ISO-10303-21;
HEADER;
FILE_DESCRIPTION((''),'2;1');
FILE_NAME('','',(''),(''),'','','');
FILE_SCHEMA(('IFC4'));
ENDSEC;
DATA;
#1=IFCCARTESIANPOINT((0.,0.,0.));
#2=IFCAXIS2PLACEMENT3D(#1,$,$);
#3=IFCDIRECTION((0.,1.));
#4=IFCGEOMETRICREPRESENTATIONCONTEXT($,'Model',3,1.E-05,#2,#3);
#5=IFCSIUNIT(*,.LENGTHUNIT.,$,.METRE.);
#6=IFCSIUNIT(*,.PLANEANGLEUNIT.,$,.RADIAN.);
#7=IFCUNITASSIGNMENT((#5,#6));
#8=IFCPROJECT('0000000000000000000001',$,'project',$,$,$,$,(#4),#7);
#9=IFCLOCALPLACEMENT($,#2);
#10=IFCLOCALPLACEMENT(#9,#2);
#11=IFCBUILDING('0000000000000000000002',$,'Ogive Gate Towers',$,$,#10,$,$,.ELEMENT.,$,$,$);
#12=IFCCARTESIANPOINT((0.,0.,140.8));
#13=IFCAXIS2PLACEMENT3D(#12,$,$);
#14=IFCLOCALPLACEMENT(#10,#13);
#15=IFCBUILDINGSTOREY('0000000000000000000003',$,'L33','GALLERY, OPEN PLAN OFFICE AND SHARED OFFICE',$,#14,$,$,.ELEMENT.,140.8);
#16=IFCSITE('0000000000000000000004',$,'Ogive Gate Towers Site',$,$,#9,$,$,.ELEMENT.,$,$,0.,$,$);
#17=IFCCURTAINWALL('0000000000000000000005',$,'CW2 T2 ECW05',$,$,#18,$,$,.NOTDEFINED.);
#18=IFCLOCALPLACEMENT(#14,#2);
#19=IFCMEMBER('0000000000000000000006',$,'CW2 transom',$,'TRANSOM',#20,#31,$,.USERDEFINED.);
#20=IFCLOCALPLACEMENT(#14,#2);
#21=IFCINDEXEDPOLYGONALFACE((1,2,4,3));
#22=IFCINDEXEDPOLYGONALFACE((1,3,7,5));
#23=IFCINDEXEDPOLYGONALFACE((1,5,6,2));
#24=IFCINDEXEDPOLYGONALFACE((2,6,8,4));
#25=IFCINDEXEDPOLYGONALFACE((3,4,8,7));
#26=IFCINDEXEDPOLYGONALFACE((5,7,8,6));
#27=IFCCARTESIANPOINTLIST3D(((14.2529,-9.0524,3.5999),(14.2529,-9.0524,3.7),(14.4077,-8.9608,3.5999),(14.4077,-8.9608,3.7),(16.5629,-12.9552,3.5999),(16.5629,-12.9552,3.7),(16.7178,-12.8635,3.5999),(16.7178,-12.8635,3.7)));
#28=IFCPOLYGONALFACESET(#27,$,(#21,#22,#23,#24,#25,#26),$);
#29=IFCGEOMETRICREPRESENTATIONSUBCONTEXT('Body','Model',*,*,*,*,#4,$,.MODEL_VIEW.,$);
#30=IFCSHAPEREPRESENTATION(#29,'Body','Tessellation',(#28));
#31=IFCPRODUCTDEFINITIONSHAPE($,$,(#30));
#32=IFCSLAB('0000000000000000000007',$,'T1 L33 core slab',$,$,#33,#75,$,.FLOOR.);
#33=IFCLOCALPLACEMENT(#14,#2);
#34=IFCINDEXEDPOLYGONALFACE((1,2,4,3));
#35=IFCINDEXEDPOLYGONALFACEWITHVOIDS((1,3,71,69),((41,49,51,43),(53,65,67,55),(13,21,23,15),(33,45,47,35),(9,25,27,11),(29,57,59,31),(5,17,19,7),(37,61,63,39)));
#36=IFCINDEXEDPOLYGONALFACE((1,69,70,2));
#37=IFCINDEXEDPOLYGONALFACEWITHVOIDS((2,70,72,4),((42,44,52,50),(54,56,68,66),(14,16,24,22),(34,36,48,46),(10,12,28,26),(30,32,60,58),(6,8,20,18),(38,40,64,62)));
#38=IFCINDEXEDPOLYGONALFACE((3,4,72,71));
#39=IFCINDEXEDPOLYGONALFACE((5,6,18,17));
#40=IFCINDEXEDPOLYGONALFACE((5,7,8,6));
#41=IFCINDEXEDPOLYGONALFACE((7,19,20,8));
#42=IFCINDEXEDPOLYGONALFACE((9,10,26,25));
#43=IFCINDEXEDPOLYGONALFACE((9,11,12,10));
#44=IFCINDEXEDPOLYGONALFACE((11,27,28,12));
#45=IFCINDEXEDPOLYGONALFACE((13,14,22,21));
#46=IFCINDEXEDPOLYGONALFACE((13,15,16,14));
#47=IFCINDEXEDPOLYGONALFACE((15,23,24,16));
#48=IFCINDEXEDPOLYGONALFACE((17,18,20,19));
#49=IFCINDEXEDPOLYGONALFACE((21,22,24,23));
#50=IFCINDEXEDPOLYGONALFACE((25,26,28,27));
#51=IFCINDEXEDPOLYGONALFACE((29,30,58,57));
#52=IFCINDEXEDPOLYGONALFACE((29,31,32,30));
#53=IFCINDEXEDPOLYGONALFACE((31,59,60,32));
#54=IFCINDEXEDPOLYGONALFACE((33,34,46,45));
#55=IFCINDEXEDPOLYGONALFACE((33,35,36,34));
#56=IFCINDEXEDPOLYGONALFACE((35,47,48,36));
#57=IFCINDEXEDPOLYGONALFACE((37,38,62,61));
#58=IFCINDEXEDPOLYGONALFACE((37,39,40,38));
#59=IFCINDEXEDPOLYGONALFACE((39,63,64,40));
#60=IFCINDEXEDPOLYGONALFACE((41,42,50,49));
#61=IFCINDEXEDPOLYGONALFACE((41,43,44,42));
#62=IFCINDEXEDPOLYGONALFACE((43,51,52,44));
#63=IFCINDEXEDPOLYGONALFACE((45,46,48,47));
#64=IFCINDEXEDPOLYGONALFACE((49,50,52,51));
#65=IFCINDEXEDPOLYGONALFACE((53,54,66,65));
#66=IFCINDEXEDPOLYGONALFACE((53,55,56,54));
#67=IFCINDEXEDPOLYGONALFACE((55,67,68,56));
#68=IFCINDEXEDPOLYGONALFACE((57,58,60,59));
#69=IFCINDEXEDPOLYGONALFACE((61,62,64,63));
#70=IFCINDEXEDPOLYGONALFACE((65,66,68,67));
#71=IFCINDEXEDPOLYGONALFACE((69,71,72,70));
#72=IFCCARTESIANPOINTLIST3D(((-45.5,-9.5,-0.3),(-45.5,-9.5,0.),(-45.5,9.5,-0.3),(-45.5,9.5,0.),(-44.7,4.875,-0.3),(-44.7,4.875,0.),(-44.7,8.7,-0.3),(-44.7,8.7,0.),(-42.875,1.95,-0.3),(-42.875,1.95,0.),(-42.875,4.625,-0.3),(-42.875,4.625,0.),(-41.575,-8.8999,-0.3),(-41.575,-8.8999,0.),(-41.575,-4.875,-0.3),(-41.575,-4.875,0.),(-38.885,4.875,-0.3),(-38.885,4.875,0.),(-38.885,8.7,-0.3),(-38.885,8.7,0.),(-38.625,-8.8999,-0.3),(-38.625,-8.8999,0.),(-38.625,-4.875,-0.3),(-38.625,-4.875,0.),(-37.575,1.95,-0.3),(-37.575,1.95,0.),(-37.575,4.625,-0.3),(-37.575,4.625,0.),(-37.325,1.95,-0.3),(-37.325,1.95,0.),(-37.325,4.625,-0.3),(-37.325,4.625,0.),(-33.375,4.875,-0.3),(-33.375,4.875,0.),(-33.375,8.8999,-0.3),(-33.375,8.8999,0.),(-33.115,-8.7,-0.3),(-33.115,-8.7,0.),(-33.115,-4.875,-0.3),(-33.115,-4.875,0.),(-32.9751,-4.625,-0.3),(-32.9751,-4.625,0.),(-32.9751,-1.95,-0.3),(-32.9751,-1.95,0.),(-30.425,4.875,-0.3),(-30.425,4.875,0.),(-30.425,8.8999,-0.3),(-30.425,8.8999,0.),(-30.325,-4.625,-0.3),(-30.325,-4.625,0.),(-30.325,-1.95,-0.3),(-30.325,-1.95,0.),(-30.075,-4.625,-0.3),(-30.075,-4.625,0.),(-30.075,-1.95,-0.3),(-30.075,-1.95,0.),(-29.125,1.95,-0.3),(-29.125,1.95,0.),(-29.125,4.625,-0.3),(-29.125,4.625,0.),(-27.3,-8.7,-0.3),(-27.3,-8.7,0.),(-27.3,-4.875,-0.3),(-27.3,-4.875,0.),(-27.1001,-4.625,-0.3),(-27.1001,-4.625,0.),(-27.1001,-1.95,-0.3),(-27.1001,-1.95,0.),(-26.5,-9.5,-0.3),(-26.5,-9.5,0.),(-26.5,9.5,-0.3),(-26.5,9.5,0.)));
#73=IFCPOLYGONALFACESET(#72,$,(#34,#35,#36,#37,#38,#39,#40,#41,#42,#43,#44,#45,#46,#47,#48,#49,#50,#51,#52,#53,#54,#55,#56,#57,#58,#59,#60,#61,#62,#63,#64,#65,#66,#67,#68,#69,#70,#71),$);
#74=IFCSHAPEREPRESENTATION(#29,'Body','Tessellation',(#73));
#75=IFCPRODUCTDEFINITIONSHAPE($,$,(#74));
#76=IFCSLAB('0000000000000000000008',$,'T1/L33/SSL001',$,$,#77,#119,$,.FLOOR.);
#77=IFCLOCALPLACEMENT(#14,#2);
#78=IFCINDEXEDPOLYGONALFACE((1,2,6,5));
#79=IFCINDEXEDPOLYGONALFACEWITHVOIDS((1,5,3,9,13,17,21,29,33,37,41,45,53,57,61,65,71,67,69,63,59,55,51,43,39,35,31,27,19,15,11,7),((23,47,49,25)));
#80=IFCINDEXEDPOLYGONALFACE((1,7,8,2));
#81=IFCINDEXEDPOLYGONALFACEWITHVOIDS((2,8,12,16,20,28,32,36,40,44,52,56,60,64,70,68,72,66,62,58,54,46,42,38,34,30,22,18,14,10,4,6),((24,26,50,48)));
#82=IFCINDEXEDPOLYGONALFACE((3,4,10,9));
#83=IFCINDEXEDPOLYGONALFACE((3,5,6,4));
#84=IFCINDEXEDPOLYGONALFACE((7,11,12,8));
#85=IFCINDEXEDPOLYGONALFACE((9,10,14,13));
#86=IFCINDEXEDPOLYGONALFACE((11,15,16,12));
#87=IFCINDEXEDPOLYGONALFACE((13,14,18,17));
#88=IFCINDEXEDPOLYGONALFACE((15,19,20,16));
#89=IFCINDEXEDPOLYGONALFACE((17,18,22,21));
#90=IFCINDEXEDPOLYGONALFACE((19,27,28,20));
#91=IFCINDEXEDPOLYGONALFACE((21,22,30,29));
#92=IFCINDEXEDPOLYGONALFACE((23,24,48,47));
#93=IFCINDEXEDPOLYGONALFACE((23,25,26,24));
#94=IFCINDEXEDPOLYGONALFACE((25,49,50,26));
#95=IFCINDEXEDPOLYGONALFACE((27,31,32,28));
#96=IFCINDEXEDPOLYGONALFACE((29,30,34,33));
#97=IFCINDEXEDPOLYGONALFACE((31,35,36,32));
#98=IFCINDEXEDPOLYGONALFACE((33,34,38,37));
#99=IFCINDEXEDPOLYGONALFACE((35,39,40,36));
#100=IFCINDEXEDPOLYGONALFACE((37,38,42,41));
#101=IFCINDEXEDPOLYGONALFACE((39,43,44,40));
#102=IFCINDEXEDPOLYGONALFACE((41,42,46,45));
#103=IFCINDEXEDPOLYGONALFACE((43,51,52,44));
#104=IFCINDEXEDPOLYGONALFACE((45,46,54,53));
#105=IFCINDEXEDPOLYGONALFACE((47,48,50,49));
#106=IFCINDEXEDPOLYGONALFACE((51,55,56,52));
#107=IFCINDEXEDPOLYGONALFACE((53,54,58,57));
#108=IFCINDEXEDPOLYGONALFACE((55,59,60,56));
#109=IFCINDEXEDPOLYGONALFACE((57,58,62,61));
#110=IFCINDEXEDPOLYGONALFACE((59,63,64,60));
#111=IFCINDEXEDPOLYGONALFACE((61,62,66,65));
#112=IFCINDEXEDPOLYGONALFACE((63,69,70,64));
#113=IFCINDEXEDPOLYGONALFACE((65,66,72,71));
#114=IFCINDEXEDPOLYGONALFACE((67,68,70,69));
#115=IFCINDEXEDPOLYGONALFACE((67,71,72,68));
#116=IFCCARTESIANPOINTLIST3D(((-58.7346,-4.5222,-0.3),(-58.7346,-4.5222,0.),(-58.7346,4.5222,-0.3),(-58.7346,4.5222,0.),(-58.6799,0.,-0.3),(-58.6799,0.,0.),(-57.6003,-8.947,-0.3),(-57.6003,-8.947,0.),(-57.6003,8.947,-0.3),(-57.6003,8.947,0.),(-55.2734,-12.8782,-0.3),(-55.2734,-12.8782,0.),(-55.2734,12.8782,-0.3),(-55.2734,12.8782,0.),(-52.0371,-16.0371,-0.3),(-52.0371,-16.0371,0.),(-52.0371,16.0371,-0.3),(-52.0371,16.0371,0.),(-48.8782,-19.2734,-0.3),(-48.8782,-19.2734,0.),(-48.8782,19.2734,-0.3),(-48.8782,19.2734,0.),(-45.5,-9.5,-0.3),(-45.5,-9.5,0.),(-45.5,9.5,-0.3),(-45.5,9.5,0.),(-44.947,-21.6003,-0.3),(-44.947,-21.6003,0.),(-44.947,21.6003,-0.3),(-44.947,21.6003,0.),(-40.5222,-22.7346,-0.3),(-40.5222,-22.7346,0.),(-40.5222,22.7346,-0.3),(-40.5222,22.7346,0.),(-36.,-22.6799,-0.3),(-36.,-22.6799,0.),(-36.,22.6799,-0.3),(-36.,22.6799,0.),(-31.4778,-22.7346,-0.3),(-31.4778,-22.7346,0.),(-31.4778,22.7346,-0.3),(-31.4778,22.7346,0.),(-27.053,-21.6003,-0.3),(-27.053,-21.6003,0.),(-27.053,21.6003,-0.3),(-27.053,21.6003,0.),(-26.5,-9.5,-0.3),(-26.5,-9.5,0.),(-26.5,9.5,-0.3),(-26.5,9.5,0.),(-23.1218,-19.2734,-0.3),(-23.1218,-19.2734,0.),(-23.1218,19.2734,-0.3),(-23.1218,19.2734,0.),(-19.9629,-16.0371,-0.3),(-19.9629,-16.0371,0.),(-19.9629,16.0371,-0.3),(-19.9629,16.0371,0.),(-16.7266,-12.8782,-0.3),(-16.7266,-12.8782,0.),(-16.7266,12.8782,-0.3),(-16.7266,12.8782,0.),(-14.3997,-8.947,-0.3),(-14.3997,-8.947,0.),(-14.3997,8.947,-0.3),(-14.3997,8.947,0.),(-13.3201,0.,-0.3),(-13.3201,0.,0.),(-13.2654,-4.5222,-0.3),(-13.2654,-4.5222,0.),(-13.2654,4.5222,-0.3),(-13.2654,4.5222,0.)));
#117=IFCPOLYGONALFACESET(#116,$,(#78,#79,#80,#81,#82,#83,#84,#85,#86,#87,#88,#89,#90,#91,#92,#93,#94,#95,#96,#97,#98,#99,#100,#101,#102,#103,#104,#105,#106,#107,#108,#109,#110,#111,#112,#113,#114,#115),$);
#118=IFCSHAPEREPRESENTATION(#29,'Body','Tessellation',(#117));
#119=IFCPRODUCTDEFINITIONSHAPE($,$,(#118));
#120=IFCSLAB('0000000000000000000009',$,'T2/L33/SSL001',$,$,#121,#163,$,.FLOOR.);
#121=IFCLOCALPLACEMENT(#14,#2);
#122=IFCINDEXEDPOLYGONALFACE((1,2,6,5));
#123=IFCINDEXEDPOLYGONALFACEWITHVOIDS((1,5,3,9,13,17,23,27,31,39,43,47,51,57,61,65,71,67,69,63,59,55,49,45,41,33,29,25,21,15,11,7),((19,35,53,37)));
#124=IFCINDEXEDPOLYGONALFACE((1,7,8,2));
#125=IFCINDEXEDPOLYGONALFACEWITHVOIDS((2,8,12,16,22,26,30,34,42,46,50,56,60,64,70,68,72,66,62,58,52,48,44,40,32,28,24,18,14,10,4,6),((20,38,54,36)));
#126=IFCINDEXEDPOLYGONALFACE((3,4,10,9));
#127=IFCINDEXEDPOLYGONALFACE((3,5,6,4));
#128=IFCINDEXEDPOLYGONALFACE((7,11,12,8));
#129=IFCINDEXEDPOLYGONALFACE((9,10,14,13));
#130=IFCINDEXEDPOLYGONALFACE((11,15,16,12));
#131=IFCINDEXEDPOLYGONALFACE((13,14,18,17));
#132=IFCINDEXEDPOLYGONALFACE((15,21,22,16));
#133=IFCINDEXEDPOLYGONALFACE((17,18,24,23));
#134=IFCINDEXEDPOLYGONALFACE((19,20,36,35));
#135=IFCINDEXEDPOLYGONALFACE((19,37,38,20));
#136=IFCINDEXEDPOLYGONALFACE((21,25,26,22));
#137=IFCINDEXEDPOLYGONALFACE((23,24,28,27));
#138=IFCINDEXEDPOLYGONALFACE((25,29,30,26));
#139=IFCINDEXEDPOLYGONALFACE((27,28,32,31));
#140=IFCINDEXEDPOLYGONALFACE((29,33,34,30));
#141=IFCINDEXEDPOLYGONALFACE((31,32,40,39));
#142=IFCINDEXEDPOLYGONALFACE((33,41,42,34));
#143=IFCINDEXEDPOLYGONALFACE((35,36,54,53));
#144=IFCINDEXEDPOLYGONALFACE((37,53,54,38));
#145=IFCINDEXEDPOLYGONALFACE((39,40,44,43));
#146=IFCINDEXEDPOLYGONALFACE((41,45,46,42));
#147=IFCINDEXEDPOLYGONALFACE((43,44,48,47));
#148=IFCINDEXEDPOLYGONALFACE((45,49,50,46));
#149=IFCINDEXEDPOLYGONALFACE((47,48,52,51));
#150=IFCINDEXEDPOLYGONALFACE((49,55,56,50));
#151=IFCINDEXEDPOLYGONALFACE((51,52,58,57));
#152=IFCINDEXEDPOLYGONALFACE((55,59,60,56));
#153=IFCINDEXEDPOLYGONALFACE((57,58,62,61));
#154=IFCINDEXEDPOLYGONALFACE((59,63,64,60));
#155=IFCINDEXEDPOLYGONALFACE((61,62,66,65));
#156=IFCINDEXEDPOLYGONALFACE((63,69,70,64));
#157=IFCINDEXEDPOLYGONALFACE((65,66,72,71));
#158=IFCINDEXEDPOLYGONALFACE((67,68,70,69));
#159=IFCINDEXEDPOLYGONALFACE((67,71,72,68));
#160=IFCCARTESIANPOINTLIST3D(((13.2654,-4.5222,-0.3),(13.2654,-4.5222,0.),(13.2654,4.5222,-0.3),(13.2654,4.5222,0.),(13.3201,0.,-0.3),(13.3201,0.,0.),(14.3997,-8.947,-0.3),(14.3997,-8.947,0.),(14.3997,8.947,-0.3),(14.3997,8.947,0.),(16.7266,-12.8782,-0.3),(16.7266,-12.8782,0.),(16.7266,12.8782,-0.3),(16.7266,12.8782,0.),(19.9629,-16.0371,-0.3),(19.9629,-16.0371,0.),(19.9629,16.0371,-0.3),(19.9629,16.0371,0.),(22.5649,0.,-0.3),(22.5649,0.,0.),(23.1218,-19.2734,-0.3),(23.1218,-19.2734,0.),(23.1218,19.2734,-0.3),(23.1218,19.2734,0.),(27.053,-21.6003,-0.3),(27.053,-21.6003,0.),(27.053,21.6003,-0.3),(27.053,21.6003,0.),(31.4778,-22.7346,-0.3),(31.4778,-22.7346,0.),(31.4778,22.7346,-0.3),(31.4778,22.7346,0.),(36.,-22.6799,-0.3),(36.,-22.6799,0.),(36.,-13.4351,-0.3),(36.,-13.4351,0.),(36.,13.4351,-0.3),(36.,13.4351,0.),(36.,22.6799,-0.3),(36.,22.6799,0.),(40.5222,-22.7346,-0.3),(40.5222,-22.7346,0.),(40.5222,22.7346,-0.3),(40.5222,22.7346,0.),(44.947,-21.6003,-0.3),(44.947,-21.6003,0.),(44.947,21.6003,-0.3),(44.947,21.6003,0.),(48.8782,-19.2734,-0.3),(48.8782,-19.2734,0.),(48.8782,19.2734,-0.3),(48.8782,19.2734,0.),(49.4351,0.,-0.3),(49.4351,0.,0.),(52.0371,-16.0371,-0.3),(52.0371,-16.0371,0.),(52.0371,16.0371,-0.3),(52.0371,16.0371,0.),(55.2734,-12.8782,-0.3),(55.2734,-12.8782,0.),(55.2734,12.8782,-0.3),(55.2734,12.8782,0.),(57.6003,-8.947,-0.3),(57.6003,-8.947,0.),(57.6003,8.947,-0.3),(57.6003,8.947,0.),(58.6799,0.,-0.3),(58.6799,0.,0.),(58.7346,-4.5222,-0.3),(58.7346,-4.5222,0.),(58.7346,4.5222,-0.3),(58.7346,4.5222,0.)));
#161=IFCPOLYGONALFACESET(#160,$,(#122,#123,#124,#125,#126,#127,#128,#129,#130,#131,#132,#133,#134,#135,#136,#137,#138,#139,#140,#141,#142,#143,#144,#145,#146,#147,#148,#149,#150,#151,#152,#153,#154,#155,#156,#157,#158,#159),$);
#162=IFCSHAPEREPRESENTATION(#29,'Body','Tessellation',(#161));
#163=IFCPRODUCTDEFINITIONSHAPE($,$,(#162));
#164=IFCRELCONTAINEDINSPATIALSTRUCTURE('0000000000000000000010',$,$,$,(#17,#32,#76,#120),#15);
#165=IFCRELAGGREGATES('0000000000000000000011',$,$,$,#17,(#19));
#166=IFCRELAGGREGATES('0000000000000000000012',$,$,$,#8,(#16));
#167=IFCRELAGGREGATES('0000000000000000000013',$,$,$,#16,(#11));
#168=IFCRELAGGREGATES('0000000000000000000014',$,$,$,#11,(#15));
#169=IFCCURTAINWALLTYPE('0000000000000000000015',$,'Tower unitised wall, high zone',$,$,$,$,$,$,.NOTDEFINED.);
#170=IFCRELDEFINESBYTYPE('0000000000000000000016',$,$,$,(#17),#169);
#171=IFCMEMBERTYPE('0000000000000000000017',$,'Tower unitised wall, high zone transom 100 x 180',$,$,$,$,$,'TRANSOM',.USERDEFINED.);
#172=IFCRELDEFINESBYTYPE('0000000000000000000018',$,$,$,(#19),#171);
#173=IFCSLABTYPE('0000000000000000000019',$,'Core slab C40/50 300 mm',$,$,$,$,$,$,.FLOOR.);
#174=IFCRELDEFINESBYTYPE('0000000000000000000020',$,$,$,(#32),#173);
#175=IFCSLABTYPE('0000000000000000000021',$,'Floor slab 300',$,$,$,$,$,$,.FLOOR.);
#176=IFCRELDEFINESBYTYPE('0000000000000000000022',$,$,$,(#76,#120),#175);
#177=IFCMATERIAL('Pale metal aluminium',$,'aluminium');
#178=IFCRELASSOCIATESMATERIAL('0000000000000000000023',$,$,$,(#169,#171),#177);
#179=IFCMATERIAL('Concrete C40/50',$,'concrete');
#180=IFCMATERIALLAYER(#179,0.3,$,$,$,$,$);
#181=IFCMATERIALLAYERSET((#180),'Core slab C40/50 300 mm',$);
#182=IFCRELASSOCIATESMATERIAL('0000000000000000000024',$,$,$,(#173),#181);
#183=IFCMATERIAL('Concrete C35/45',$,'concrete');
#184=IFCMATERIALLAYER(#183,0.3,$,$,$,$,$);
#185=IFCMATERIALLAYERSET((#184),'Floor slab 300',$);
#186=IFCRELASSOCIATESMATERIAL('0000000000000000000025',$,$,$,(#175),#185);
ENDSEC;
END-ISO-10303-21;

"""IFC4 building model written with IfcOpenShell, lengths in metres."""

from ifc_helpers import new_model, si_unit, direction, frame, origin, origin_2d, place, context, subcontext, project, spatial, polyline, rectangle, outline, extrude, material, layer, layer_set, material_profile, profile_set, type_object, element, aggregate, save


model = new_model("IFC4")

# Units and contexts
model_context = context("Model", 3, precision=1e-05, world=origin(), true_north=direction((0.0, 1.0)))
body_context = subcontext(model_context, "Body", "Model", "MODEL_VIEW")
ifc_project = project(units=[si_unit("LENGTHUNIT", "METRE"), si_unit("PLANEANGLEUNIT", "RADIAN")], contexts=[model_context])

# Site, building, storey
site_placement = place(None, origin())
site = spatial("IfcSite", under=ifc_project, at=site_placement, Name="Ogive Gate Towers Site", CompositionType="ELEMENT", RefElevation=0.0)
building_placement = place(site_placement, origin())
building = spatial("IfcBuilding", under=site, at=building_placement, Name="Ogive Gate Towers", CompositionType="ELEMENT")
storey_placement = place(building_placement, frame((0.0, 0.0, 140.8)))
storey = spatial("IfcBuildingStorey", under=building, at=storey_placement, Name="L33", Description="GALLERY, OPEN PLAN OFFICE AND SHARED OFFICE", CompositionType="ELEMENT", Elevation=140.8)

# Curtain wall, member
ifc_material_1 = material(Name="Pale metal aluminium", Category="aluminium")
curtain_wall_type_1 = type_object("IfcCurtainWallType", Name="Tower unitised wall, high zone", PredefinedType="NOTDEFINED", material=ifc_material_1)
curtain_wall_1_placement = place(storey_placement, origin())
curtain_wall_1 = element("IfcCurtainWall", 1, at=curtain_wall_1_placement, inside=storey, type_object=curtain_wall_type_1, Name="CW2 T2 ECW05", PredefinedType="NOTDEFINED")
ifc_material_profile_1 = material_profile(ifc_material_1, rectangle(XDim=0.1799, YDim=0.1001, at=origin_2d()), Name="100 x 180 aluminium box")
ifc_profile_set_1 = profile_set([ifc_material_profile_1], Name="Pale metal aluminium")
member_type_1 = type_object("IfcMemberType", Name="Tower unitised wall, high zone transom 100 x 180", ElementType="TRANSOM", PredefinedType="USERDEFINED", material=ifc_profile_set_1)
member_1_placement = place(storey_placement, frame((14.3303, -9.0066, 3.6499), z_axis=(0.509357, -0.860555, 0.0), x_axis=(0.860555, 0.509357, 0.0)))
member_1 = element("IfcMember", 2, at=member_1_placement, type_object=member_type_1, Name="CW2 transom", ObjectType="TRANSOM", PredefinedType="USERDEFINED", context=body_context, shape_type="SweptSolid", body=[
    extrude(rectangle(XDim=0.1799, YDim=0.1001, at=origin_2d()), origin(), (0.0, 0.0, 1.0), 4.5352),
])
aggregate(curtain_wall_1, [member_1])

# Slabs
ifc_material_2 = material(Name="Concrete C40/50", Category="concrete")
ifc_layer_1 = layer(ifc_material_2, 0.3)
ifc_layer_set_1 = layer_set([ifc_layer_1], Name="Core slab C40/50 300 mm")
slab_type_1 = type_object("IfcSlabType", Name="Core slab C40/50 300 mm", PredefinedType="FLOOR", material=ifc_layer_set_1)
slab_1_placement = place(storey_placement, frame((0.0, 0.0, -0.3)))
element("IfcSlab", 3, at=slab_1_placement, inside=storey, type_object=slab_type_1, Name="T1 L33 core slab", PredefinedType="FLOOR", context=body_context, shape_type="SweptSolid", body=[
    extrude(outline(polyline([(-45.5, -9.5), (-45.5, 9.5), (-26.5, 9.5), (-26.5, -9.5), (-45.5, -9.5)]), holes=[polyline([(-42.875, 1.95), (-37.575, 1.95), (-37.575, 4.625), (-42.875, 4.625), (-42.875, 1.95)]), polyline([(-37.325, 4.625), (-37.325, 1.95), (-29.125, 1.95), (-29.125, 4.625), (-37.325, 4.625)]), polyline([(-30.325, -1.95), (-32.9751, -1.95), (-32.9751, -4.625), (-30.325, -4.625), (-30.325, -1.95)]), polyline([(-27.1001, -4.625), (-27.1001, -1.95), (-30.075, -1.95), (-30.075, -4.625), (-27.1001, -4.625)]), polyline([(-33.375, 4.875), (-30.425, 4.875), (-30.425, 8.8999), (-33.375, 8.8999), (-33.375, 4.875)]), polyline([(-41.575, -4.875), (-41.575, -8.8999), (-38.625, -8.8999), (-38.625, -4.875), (-41.575, -4.875)]), polyline([(-44.7, 4.875), (-38.885, 4.875), (-38.885, 8.7), (-44.7, 8.7), (-44.7, 4.875)]), polyline([(-27.3, -8.7), (-27.3, -4.875), (-33.115, -4.875), (-33.115, -8.7), (-27.3, -8.7)])]), origin(), (0.0, 0.0, 1.0), 0.3),
])
ifc_material_3 = material(Name="Concrete C35/45", Category="concrete")
ifc_layer_2 = layer(ifc_material_3, 0.3)
ifc_layer_set_2 = layer_set([ifc_layer_2], Name="Floor slab 300")
slab_type_2 = type_object("IfcSlabType", Name="Floor slab 300", PredefinedType="FLOOR", material=ifc_layer_set_2)
slab_2_placement = place(storey_placement, frame((0.0, 0.0, -0.3)))
element("IfcSlab", 4, at=slab_2_placement, inside=storey, type_object=slab_type_2, Name="T1/L33/SSL001", PredefinedType="FLOOR", context=body_context, shape_type="SweptSolid", body=[
    extrude(outline(polyline([(-13.2654, -4.5222), (-13.3201, 0.0), (-13.2654, 4.5222), (-14.3997, 8.947), (-16.7266, 12.8782), (-19.9629, 16.0371), (-23.1218, 19.2734), (-27.053, 21.6003), (-31.4778, 22.7346), (-36.0, 22.6799), (-40.5222, 22.7346), (-44.947, 21.6003), (-48.8782, 19.2734), (-52.0371, 16.0371), (-55.2734, 12.8782), (-57.6003, 8.947), (-58.7346, 4.5222), (-58.6799, 0.0), (-58.7346, -4.5222), (-57.6003, -8.947), (-55.2734, -12.8782), (-52.0371, -16.0371), (-48.8782, -19.2734), (-44.947, -21.6003), (-40.5222, -22.7346), (-36.0, -22.6799), (-31.4778, -22.7346), (-27.053, -21.6003), (-23.1218, -19.2734), (-19.9629, -16.0371), (-16.7266, -12.8782), (-14.3997, -8.947), (-13.2654, -4.5222)]), holes=[polyline([(-26.5, -9.5), (-45.5, -9.5), (-45.5, 9.5), (-26.5, 9.5), (-26.5, -9.5)])]), origin(), (0.0, 0.0, 1.0), 0.3),
])
slab_3_placement = place(storey_placement, frame((0.0, 0.0, -0.3)))
element("IfcSlab", 5, at=slab_3_placement, inside=storey, type_object=slab_type_2, Name="T2/L33/SSL001", PredefinedType="FLOOR", context=body_context, shape_type="SweptSolid", body=[
    extrude(outline(polyline([(58.7346, -4.5222), (58.6799, 0.0), (58.7346, 4.5222), (57.6003, 8.947), (55.2734, 12.8782), (52.0371, 16.0371), (48.8782, 19.2734), (44.947, 21.6003), (40.5222, 22.7346), (36.0, 22.6799), (31.4778, 22.7346), (27.053, 21.6003), (23.1218, 19.2734), (19.9629, 16.0371), (16.7266, 12.8782), (14.3997, 8.947), (13.2654, 4.5222), (13.3201, 0.0), (13.2654, -4.5222), (14.3997, -8.947), (16.7266, -12.8782), (19.9629, -16.0371), (23.1218, -19.2734), (27.053, -21.6003), (31.4778, -22.7346), (36.0, -22.6799), (40.5222, -22.7346), (44.947, -21.6003), (48.8782, -19.2734), (52.0371, -16.0371), (55.2734, -12.8782), (57.6003, -8.947), (58.7346, -4.5222)]), holes=[polyline([(49.4351, 0.0), (36.0, -13.4351), (22.5649, 0.0), (36.0, 13.4351), (49.4351, 0.0)])]), origin(), (0.0, 0.0, 1.0), 0.3),
])

save(model, "model.ifc")
